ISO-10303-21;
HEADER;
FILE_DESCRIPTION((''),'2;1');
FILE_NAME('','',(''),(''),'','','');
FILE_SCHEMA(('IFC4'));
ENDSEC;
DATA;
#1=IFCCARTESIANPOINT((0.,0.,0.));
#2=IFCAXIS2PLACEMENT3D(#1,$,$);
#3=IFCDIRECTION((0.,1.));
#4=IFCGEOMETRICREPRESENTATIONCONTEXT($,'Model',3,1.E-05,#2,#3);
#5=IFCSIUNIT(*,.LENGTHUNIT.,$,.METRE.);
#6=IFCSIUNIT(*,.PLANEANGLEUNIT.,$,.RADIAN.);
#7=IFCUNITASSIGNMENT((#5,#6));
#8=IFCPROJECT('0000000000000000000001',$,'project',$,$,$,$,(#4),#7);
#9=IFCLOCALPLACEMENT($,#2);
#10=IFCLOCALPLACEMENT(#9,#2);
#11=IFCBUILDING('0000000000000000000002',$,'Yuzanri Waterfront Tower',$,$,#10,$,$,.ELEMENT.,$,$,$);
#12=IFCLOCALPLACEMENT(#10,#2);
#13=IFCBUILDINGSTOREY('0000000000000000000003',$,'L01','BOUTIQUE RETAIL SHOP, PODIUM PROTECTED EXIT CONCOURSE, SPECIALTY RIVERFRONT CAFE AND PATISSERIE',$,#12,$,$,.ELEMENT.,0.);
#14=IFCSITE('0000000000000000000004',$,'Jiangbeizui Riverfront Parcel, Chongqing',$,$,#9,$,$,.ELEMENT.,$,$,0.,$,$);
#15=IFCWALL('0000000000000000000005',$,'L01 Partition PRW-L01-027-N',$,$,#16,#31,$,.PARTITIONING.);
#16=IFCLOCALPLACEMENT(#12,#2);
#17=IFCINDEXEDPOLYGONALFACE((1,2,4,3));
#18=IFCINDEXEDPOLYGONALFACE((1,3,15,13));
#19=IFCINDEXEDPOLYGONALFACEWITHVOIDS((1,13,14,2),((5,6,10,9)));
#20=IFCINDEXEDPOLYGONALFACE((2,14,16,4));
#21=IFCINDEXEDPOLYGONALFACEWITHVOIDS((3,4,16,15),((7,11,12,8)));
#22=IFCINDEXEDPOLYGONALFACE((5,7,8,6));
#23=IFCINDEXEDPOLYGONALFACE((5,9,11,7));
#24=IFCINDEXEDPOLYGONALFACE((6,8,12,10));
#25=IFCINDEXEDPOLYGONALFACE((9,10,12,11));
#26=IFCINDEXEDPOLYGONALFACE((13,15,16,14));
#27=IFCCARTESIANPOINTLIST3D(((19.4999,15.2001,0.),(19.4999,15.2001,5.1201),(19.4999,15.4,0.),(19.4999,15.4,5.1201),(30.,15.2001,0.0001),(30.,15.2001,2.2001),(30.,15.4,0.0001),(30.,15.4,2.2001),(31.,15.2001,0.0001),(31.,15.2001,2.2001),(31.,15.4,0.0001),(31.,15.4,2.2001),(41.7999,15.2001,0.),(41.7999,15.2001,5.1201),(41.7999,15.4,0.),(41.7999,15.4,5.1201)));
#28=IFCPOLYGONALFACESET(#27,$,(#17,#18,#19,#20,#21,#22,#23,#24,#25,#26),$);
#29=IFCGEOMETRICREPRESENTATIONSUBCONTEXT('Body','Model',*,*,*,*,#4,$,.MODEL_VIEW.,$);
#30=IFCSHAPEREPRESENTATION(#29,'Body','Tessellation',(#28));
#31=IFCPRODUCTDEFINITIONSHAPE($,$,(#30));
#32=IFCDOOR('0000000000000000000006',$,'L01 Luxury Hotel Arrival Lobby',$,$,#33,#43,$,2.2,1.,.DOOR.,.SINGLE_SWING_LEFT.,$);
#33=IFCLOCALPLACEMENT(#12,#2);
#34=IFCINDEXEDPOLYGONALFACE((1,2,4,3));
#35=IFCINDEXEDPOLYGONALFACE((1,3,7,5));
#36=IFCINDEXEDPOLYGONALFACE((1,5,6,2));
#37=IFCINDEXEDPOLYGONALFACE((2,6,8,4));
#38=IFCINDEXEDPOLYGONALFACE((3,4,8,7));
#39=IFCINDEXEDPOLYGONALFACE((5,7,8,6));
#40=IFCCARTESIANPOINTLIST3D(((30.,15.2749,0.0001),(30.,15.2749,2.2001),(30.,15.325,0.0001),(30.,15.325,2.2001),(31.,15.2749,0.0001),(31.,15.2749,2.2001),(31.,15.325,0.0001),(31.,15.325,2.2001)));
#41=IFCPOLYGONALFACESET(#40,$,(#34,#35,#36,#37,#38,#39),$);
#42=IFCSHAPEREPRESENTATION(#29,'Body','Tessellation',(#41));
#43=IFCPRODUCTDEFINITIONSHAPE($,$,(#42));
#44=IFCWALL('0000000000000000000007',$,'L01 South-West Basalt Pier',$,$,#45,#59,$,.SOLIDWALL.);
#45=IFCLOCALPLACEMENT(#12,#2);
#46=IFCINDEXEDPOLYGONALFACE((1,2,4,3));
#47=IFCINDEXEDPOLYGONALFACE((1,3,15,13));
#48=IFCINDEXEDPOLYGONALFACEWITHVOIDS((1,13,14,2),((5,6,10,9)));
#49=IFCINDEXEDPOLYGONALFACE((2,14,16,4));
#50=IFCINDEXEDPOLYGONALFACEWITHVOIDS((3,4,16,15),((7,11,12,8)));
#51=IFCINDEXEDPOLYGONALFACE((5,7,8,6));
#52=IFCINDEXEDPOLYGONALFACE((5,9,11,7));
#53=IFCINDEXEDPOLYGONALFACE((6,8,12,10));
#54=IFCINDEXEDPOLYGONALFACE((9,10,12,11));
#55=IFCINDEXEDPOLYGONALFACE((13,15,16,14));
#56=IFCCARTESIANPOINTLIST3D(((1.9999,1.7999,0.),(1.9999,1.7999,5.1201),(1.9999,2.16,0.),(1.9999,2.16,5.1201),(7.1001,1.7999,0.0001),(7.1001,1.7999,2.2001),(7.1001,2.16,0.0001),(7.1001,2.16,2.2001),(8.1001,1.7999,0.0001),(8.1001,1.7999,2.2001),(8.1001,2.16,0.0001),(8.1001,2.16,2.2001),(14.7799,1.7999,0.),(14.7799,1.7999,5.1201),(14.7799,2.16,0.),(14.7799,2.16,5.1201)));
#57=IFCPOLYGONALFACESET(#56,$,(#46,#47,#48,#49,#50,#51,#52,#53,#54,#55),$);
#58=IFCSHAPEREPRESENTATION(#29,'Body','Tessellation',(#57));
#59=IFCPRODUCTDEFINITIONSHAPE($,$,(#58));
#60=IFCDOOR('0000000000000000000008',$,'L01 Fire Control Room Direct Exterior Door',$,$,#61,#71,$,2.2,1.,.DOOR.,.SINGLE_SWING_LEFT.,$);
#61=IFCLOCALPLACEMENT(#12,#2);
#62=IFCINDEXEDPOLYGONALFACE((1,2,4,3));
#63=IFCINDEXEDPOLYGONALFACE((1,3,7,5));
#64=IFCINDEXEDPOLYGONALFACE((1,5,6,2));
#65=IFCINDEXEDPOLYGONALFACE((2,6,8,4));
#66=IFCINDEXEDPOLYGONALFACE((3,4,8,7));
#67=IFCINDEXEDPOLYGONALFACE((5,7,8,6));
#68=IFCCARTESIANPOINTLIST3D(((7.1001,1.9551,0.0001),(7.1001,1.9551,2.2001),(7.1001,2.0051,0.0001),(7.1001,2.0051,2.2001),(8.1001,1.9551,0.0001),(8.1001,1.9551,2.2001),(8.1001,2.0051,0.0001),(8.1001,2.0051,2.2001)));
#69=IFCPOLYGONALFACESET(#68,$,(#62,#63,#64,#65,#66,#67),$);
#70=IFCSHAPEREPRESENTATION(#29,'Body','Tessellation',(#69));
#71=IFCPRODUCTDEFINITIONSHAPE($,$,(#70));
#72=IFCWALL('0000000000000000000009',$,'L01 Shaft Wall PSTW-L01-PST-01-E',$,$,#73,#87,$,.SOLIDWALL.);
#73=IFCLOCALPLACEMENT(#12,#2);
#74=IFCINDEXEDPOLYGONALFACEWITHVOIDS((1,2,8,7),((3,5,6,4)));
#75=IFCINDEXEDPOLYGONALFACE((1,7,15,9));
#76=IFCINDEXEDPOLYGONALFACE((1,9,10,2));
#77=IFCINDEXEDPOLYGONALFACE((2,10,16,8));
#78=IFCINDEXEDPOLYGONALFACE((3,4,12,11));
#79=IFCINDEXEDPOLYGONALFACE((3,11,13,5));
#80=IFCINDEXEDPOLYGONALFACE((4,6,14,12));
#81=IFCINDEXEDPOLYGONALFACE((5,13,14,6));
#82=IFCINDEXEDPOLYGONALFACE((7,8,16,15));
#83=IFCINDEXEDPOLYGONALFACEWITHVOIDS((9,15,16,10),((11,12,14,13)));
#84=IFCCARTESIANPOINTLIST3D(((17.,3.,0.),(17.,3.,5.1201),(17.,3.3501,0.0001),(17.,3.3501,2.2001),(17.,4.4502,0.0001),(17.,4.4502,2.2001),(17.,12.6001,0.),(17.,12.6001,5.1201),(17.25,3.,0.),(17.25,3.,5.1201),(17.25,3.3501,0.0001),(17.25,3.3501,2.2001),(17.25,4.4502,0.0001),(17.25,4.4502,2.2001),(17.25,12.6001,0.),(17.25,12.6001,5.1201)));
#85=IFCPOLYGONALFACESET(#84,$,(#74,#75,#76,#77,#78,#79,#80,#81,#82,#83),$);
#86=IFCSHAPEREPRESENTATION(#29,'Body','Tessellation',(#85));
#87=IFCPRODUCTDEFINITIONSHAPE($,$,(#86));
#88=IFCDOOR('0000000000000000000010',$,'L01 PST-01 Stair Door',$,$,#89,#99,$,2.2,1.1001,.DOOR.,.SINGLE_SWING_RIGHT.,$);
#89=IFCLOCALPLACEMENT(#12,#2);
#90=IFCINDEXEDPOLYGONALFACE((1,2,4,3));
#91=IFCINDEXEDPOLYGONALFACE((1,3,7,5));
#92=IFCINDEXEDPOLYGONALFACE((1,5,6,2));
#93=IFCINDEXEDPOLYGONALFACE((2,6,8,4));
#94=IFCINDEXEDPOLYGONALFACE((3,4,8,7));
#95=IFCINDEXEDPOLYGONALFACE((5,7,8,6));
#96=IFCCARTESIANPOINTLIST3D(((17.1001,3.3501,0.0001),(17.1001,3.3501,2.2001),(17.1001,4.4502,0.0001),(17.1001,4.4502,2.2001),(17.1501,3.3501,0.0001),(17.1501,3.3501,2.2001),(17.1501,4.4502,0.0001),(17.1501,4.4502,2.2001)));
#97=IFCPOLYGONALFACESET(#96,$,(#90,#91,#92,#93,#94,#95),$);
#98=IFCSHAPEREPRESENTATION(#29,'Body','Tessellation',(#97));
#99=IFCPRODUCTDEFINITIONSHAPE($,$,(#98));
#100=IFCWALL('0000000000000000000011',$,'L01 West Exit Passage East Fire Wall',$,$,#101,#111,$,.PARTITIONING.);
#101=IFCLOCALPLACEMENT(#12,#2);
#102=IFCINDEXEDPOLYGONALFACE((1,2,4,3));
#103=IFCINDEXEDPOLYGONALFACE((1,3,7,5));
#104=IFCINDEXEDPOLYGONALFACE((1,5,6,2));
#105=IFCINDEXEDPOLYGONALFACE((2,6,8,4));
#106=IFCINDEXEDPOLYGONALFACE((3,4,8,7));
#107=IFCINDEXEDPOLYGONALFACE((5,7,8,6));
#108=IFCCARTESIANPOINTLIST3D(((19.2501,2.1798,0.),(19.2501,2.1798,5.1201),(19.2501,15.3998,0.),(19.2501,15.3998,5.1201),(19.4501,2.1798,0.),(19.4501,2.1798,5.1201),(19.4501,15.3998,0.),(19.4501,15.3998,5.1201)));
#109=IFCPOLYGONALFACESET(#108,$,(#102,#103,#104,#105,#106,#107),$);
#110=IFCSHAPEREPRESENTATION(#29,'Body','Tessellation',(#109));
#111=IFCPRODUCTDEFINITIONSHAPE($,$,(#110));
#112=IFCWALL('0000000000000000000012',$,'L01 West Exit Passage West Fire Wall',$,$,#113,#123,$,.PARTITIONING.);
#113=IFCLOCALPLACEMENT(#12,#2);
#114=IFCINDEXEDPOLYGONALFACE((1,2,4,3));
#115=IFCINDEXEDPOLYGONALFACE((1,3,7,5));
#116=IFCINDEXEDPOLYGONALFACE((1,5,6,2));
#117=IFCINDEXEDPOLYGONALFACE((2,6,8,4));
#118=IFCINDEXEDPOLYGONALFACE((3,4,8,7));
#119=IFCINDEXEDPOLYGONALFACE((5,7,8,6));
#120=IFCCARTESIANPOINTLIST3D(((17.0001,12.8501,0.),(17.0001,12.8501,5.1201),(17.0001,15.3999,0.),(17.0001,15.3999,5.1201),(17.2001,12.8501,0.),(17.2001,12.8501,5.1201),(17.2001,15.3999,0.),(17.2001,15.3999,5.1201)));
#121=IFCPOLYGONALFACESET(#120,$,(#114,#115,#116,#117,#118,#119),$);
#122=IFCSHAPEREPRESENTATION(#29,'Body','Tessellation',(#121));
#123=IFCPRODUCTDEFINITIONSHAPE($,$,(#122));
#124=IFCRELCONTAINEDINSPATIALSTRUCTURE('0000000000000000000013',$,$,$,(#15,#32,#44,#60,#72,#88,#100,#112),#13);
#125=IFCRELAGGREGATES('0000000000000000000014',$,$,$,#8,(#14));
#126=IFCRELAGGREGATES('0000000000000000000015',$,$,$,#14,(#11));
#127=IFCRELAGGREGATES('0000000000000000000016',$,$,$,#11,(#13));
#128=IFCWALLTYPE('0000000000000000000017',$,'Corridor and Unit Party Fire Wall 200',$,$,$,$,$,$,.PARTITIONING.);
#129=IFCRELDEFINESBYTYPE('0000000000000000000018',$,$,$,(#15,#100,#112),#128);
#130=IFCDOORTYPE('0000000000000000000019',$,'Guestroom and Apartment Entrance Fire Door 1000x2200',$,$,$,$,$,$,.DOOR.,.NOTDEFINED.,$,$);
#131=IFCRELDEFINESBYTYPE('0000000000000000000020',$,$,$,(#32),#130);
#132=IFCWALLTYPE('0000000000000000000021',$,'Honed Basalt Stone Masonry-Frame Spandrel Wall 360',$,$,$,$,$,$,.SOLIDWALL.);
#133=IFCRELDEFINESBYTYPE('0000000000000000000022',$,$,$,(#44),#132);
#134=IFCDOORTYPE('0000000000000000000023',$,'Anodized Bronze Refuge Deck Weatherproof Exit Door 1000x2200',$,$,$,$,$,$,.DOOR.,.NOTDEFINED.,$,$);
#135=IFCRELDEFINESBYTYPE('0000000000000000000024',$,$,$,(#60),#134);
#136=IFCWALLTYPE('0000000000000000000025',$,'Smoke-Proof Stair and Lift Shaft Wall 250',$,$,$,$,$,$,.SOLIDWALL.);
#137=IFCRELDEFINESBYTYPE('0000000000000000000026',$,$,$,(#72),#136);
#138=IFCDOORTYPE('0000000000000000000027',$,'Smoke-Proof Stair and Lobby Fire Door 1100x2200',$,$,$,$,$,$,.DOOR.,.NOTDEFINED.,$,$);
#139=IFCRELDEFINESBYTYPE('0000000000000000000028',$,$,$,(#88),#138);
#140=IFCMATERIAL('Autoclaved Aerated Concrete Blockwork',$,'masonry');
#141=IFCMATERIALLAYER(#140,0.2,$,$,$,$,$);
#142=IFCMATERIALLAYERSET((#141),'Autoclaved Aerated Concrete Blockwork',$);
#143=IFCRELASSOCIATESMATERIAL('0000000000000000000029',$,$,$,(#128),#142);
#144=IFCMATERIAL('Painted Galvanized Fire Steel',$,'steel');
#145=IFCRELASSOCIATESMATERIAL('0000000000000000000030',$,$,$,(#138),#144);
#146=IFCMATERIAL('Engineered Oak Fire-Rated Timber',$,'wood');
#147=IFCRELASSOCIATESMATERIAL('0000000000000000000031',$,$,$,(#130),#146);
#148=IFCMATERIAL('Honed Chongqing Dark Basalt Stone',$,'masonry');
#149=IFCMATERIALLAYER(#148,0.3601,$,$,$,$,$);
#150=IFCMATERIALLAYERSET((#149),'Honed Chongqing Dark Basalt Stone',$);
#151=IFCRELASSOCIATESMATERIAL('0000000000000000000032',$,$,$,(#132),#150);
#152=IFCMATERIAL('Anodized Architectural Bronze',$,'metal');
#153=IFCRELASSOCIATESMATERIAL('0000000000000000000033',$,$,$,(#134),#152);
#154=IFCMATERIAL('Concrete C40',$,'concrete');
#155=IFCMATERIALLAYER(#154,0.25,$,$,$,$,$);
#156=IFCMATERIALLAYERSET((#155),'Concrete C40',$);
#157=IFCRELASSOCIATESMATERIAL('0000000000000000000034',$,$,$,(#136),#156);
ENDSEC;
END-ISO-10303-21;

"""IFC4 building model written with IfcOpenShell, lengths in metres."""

from ifc_helpers import new_model, si_unit, direction, frame, frame_2d, origin, place, context, subcontext, project, spatial, rectangle, extrude, source, transform, mapped, material, layer, layer_set, type_object, element, fill, save


model = new_model("IFC4")

# Units and contexts
model_context = context("Model", 3, precision=1e-05, world=origin(), true_north=direction((0.0, 1.0)))
body_context = subcontext(model_context, "Body", "Model", "MODEL_VIEW")
ifc_project = project(units=[si_unit("LENGTHUNIT", "METRE"), si_unit("PLANEANGLEUNIT", "RADIAN")], contexts=[model_context])

# Site, building, storey
site_placement = place(None, origin())
site = spatial("IfcSite", under=ifc_project, at=site_placement, Name="Jiangbeizui Riverfront Parcel, Chongqing", CompositionType="ELEMENT", RefElevation=0.0)
building_placement = place(site_placement, origin())
building = spatial("IfcBuilding", under=site, at=building_placement, Name="Yuzanri Waterfront Tower", CompositionType="ELEMENT")
storey_placement = place(building_placement, origin())
storey = spatial("IfcBuildingStorey", under=building, at=storey_placement, Name="L01", Description="BOUTIQUE RETAIL SHOP, PODIUM PROTECTED EXIT CONCOURSE, SPECIALTY RIVERFRONT CAFE AND PATISSERIE", CompositionType="ELEMENT", Elevation=0.0)

# Walls, openings, doors
ifc_material_1 = material(Name="Autoclaved Aerated Concrete Blockwork", Category="masonry")
ifc_layer_1 = layer(ifc_material_1, 0.2)
ifc_layer_set_1 = layer_set([ifc_layer_1], Name="Autoclaved Aerated Concrete Blockwork")
wall_type_1 = type_object("IfcWallType", Name="Corridor and Unit Party Fire Wall 200", PredefinedType="PARTITIONING", material=ifc_layer_set_1)
ifc_material_2 = material(Name="Painted Galvanized Fire Steel", Category="steel")
door_type_1 = type_object("IfcDoorType", Name="Smoke-Proof Stair and Lobby Fire Door 1100x2200", OperationType="NOTDEFINED", PredefinedType="DOOR", material=ifc_material_2)
shared_shape_1 = source(origin(), body_context, "Body", "SweptSolid", [
    extrude(rectangle(XDim=1.1001, YDim=2.2, at=frame_2d((0.55, 1.1001))), frame((0.0, 0.0249, 0.0), z_axis=(0.0, -1.0, 0.0), x_axis=(1.0, 0.0, 0.0)), (0.0, 0.0, 1.0), 0.05),
])
wall_1_placement = place(storey_placement, frame((19.5, 15.3, 0.0), z_axis=(0.0, 0.0, 1.0), x_axis=(1.0, 0.0, 0.0)))
wall_1 = element("IfcWall", 1, at=wall_1_placement, inside=storey, type_object=wall_type_1, Name="L01 Partition PRW-L01-027-N", PredefinedType="PARTITIONING", context=body_context, shape_type="SweptSolid", body=[
    extrude(rectangle(XDim=22.3, YDim=0.2, at=frame_2d((11.1499, 0.0))), origin(), (0.0, 0.0, 1.0), 5.1201),
])
opening_1_placement = place(wall_1_placement, frame((10.5, 0.0, 0.0)))
opening_1 = element("IfcOpeningElement", 2, at=opening_1_placement, cuts=wall_1, PredefinedType="OPENING", context=body_context, shape_type="SweptSolid", body=[
    extrude(rectangle(XDim=1.0, YDim=2.2, at=frame_2d((0.5, 1.1001))), frame((0.0, 0.1147, 0.0), z_axis=(0.0, -1.0, 0.0), x_axis=(1.0, 0.0, 0.0)), (0.0, 0.0, 1.0), 0.2297),
])
ifc_material_3 = material(Name="Engineered Oak Fire-Rated Timber", Category="wood")
door_type_2 = type_object("IfcDoorType", Name="Guestroom and Apartment Entrance Fire Door 1000x2200", OperationType="NOTDEFINED", PredefinedType="DOOR", material=ifc_material_3)
shared_shape_2 = source(origin(), body_context, "Body", "SweptSolid", [
    extrude(rectangle(XDim=1.0, YDim=2.2, at=frame_2d((0.5, 1.1001))), frame((0.0, 0.0249, 0.0), z_axis=(0.0, -1.0, 0.0), x_axis=(1.0, 0.0, 0.0)), (0.0, 0.0, 1.0), 0.05),
])
door_1_placement = place(opening_1_placement, origin())
door_1 = element("IfcDoor", 3, at=door_1_placement, inside=storey, type_object=door_type_2, Name="L01 Luxury Hotel Arrival Lobby", OperationType="SINGLE_SWING_LEFT", OverallHeight=2.2, OverallWidth=1.0, PredefinedType="DOOR", context=body_context, shape_type="MappedRepresentation", body=[
    mapped(shared_shape_2, transform((0.0, 0.0, 0.0), scale=1.0)),
])
fill(opening_1, door_1)
ifc_material_4 = material(Name="Honed Chongqing Dark Basalt Stone", Category="masonry")
ifc_layer_2 = layer(ifc_material_4, 0.3601)
ifc_layer_set_2 = layer_set([ifc_layer_2], Name="Honed Chongqing Dark Basalt Stone")
wall_type_2 = type_object("IfcWallType", Name="Honed Basalt Stone Masonry-Frame Spandrel Wall 360", PredefinedType="SOLIDWALL", material=ifc_layer_set_2)
wall_2_placement = place(storey_placement, frame((14.78, 1.98, 0.0), z_axis=(0.0, 0.0, 1.0), x_axis=(-1.0, 0.0, 0.0)))
wall_2 = element("IfcWall", 4, at=wall_2_placement, inside=storey, type_object=wall_type_2, Name="L01 South-West Basalt Pier", PredefinedType="SOLIDWALL", context=body_context, shape_type="SweptSolid", body=[
    extrude(rectangle(XDim=12.78, YDim=0.3601, at=frame_2d((6.3901, 0.0))), origin(), (0.0, 0.0, 1.0), 5.1201),
])
opening_2_placement = place(wall_2_placement, frame((6.6799, 0.0, 0.0)))
opening_2 = element("IfcOpeningElement", 5, at=opening_2_placement, cuts=wall_2, PredefinedType="OPENING", context=body_context, shape_type="SweptSolid", body=[
    extrude(rectangle(XDim=1.0, YDim=2.2, at=frame_2d((0.5, 1.1001))), frame((0.0, 0.1948, 0.0), z_axis=(0.0, -1.0, 0.0), x_axis=(1.0, 0.0, 0.0)), (0.0, 0.0, 1.0), 0.3899),
])
ifc_material_5 = material(Name="Anodized Architectural Bronze", Category="metal")
door_type_3 = type_object("IfcDoorType", Name="Anodized Bronze Refuge Deck Weatherproof Exit Door 1000x2200", OperationType="NOTDEFINED", PredefinedType="DOOR", material=ifc_material_5)
shared_shape_3 = source(origin(), body_context, "Body", "SweptSolid", [
    extrude(rectangle(XDim=1.0, YDim=2.2, at=frame_2d((0.5, 1.1001))), frame((0.0, 0.0249, 0.0), z_axis=(0.0, -1.0, 0.0), x_axis=(1.0, 0.0, 0.0)), (0.0, 0.0, 1.0), 0.05),
])
door_2_placement = place(opening_2_placement, origin())
door_2 = element("IfcDoor", 6, at=door_2_placement, inside=storey, type_object=door_type_3, Name="L01 Fire Control Room Direct Exterior Door", OperationType="SINGLE_SWING_LEFT", OverallHeight=2.2, OverallWidth=1.0, PredefinedType="DOOR", context=body_context, shape_type="MappedRepresentation", body=[
    mapped(shared_shape_3, transform((0.0, 0.0, 0.0), scale=1.0)),
])
fill(opening_2, door_2)
ifc_material_6 = material(Name="Concrete C40", Category="concrete")
ifc_layer_3 = layer(ifc_material_6, 0.25)
ifc_layer_set_3 = layer_set([ifc_layer_3], Name="Concrete C40")
wall_type_3 = type_object("IfcWallType", Name="Smoke-Proof Stair and Lift Shaft Wall 250", PredefinedType="SOLIDWALL", material=ifc_layer_set_3)
wall_3_placement = place(storey_placement, frame((17.125, 3.0, 0.0), z_axis=(0.0, 0.0, 1.0), x_axis=(0.0, 1.0, 0.0)))
wall_3 = element("IfcWall", 7, at=wall_3_placement, inside=storey, type_object=wall_type_3, Name="L01 Shaft Wall PSTW-L01-PST-01-E", PredefinedType="SOLIDWALL", context=body_context, shape_type="SweptSolid", body=[
    extrude(rectangle(XDim=9.6001, YDim=0.25, at=frame_2d((4.8, 0.0))), origin(), (0.0, 0.0, 1.0), 5.1201),
])
opening_3_placement = place(wall_3_placement, frame((0.3501, 0.0, 0.0)))
opening_3 = element("IfcOpeningElement", 8, at=opening_3_placement, cuts=wall_3, PredefinedType="OPENING", context=body_context, shape_type="SweptSolid", body=[
    extrude(rectangle(XDim=1.1001, YDim=2.2, at=frame_2d((0.55, 1.1001))), frame((0.0, 0.1399, 0.0), z_axis=(0.0, -1.0, 0.0), x_axis=(1.0, 0.0, 0.0)), (0.0, 0.0, 1.0), 0.2798),
])
door_3_placement = place(opening_3_placement, origin())
door_3 = element("IfcDoor", 9, at=door_3_placement, inside=storey, type_object=door_type_1, Name="L01 PST-01 Stair Door", OperationType="SINGLE_SWING_RIGHT", OverallHeight=2.2, OverallWidth=1.1001, PredefinedType="DOOR", context=body_context, shape_type="MappedRepresentation", body=[
    mapped(shared_shape_1, transform((0.0, 0.0, 0.0), scale=1.0)),
])
fill(opening_3, door_3)

# Walls
shared_shape_4 = source(origin(), body_context, "Body", "SweptSolid", [
    extrude(rectangle(XDim=13.22, YDim=0.2, at=frame_2d((6.6099, 0.0))), origin(), (0.0, 0.0, 1.0), 5.1201),
])
wall_4_placement = place(storey_placement, frame((19.3501, 2.1799, 0.0), z_axis=(0.0, 0.0, 1.0), x_axis=(0.0, 1.0, 0.0)))
element("IfcWall", 10, at=wall_4_placement, inside=storey, type_object=wall_type_1, Name="L01 West Exit Passage East Fire Wall", PredefinedType="PARTITIONING", context=body_context, shape_type="MappedRepresentation", body=[
    mapped(shared_shape_4, transform((0.0, 0.0, 0.0), scale=1.0)),
])
shared_shape_5 = source(origin(), body_context, "Body", "SweptSolid", [
    extrude(rectangle(XDim=2.5498, YDim=0.2, at=frame_2d((1.2749, 0.0))), origin(), (0.0, 0.0, 1.0), 5.1201),
])
wall_5_placement = place(storey_placement, frame((17.1001, 12.8501, 0.0), z_axis=(0.0, 0.0, 1.0), x_axis=(0.0, 1.0, 0.0)))
element("IfcWall", 11, at=wall_5_placement, inside=storey, type_object=wall_type_1, Name="L01 West Exit Passage West Fire Wall", PredefinedType="PARTITIONING", context=body_context, shape_type="MappedRepresentation", body=[
    mapped(shared_shape_5, transform((0.0, 0.0, 0.0), scale=1.0)),
])

save(model, "model.ifc")
